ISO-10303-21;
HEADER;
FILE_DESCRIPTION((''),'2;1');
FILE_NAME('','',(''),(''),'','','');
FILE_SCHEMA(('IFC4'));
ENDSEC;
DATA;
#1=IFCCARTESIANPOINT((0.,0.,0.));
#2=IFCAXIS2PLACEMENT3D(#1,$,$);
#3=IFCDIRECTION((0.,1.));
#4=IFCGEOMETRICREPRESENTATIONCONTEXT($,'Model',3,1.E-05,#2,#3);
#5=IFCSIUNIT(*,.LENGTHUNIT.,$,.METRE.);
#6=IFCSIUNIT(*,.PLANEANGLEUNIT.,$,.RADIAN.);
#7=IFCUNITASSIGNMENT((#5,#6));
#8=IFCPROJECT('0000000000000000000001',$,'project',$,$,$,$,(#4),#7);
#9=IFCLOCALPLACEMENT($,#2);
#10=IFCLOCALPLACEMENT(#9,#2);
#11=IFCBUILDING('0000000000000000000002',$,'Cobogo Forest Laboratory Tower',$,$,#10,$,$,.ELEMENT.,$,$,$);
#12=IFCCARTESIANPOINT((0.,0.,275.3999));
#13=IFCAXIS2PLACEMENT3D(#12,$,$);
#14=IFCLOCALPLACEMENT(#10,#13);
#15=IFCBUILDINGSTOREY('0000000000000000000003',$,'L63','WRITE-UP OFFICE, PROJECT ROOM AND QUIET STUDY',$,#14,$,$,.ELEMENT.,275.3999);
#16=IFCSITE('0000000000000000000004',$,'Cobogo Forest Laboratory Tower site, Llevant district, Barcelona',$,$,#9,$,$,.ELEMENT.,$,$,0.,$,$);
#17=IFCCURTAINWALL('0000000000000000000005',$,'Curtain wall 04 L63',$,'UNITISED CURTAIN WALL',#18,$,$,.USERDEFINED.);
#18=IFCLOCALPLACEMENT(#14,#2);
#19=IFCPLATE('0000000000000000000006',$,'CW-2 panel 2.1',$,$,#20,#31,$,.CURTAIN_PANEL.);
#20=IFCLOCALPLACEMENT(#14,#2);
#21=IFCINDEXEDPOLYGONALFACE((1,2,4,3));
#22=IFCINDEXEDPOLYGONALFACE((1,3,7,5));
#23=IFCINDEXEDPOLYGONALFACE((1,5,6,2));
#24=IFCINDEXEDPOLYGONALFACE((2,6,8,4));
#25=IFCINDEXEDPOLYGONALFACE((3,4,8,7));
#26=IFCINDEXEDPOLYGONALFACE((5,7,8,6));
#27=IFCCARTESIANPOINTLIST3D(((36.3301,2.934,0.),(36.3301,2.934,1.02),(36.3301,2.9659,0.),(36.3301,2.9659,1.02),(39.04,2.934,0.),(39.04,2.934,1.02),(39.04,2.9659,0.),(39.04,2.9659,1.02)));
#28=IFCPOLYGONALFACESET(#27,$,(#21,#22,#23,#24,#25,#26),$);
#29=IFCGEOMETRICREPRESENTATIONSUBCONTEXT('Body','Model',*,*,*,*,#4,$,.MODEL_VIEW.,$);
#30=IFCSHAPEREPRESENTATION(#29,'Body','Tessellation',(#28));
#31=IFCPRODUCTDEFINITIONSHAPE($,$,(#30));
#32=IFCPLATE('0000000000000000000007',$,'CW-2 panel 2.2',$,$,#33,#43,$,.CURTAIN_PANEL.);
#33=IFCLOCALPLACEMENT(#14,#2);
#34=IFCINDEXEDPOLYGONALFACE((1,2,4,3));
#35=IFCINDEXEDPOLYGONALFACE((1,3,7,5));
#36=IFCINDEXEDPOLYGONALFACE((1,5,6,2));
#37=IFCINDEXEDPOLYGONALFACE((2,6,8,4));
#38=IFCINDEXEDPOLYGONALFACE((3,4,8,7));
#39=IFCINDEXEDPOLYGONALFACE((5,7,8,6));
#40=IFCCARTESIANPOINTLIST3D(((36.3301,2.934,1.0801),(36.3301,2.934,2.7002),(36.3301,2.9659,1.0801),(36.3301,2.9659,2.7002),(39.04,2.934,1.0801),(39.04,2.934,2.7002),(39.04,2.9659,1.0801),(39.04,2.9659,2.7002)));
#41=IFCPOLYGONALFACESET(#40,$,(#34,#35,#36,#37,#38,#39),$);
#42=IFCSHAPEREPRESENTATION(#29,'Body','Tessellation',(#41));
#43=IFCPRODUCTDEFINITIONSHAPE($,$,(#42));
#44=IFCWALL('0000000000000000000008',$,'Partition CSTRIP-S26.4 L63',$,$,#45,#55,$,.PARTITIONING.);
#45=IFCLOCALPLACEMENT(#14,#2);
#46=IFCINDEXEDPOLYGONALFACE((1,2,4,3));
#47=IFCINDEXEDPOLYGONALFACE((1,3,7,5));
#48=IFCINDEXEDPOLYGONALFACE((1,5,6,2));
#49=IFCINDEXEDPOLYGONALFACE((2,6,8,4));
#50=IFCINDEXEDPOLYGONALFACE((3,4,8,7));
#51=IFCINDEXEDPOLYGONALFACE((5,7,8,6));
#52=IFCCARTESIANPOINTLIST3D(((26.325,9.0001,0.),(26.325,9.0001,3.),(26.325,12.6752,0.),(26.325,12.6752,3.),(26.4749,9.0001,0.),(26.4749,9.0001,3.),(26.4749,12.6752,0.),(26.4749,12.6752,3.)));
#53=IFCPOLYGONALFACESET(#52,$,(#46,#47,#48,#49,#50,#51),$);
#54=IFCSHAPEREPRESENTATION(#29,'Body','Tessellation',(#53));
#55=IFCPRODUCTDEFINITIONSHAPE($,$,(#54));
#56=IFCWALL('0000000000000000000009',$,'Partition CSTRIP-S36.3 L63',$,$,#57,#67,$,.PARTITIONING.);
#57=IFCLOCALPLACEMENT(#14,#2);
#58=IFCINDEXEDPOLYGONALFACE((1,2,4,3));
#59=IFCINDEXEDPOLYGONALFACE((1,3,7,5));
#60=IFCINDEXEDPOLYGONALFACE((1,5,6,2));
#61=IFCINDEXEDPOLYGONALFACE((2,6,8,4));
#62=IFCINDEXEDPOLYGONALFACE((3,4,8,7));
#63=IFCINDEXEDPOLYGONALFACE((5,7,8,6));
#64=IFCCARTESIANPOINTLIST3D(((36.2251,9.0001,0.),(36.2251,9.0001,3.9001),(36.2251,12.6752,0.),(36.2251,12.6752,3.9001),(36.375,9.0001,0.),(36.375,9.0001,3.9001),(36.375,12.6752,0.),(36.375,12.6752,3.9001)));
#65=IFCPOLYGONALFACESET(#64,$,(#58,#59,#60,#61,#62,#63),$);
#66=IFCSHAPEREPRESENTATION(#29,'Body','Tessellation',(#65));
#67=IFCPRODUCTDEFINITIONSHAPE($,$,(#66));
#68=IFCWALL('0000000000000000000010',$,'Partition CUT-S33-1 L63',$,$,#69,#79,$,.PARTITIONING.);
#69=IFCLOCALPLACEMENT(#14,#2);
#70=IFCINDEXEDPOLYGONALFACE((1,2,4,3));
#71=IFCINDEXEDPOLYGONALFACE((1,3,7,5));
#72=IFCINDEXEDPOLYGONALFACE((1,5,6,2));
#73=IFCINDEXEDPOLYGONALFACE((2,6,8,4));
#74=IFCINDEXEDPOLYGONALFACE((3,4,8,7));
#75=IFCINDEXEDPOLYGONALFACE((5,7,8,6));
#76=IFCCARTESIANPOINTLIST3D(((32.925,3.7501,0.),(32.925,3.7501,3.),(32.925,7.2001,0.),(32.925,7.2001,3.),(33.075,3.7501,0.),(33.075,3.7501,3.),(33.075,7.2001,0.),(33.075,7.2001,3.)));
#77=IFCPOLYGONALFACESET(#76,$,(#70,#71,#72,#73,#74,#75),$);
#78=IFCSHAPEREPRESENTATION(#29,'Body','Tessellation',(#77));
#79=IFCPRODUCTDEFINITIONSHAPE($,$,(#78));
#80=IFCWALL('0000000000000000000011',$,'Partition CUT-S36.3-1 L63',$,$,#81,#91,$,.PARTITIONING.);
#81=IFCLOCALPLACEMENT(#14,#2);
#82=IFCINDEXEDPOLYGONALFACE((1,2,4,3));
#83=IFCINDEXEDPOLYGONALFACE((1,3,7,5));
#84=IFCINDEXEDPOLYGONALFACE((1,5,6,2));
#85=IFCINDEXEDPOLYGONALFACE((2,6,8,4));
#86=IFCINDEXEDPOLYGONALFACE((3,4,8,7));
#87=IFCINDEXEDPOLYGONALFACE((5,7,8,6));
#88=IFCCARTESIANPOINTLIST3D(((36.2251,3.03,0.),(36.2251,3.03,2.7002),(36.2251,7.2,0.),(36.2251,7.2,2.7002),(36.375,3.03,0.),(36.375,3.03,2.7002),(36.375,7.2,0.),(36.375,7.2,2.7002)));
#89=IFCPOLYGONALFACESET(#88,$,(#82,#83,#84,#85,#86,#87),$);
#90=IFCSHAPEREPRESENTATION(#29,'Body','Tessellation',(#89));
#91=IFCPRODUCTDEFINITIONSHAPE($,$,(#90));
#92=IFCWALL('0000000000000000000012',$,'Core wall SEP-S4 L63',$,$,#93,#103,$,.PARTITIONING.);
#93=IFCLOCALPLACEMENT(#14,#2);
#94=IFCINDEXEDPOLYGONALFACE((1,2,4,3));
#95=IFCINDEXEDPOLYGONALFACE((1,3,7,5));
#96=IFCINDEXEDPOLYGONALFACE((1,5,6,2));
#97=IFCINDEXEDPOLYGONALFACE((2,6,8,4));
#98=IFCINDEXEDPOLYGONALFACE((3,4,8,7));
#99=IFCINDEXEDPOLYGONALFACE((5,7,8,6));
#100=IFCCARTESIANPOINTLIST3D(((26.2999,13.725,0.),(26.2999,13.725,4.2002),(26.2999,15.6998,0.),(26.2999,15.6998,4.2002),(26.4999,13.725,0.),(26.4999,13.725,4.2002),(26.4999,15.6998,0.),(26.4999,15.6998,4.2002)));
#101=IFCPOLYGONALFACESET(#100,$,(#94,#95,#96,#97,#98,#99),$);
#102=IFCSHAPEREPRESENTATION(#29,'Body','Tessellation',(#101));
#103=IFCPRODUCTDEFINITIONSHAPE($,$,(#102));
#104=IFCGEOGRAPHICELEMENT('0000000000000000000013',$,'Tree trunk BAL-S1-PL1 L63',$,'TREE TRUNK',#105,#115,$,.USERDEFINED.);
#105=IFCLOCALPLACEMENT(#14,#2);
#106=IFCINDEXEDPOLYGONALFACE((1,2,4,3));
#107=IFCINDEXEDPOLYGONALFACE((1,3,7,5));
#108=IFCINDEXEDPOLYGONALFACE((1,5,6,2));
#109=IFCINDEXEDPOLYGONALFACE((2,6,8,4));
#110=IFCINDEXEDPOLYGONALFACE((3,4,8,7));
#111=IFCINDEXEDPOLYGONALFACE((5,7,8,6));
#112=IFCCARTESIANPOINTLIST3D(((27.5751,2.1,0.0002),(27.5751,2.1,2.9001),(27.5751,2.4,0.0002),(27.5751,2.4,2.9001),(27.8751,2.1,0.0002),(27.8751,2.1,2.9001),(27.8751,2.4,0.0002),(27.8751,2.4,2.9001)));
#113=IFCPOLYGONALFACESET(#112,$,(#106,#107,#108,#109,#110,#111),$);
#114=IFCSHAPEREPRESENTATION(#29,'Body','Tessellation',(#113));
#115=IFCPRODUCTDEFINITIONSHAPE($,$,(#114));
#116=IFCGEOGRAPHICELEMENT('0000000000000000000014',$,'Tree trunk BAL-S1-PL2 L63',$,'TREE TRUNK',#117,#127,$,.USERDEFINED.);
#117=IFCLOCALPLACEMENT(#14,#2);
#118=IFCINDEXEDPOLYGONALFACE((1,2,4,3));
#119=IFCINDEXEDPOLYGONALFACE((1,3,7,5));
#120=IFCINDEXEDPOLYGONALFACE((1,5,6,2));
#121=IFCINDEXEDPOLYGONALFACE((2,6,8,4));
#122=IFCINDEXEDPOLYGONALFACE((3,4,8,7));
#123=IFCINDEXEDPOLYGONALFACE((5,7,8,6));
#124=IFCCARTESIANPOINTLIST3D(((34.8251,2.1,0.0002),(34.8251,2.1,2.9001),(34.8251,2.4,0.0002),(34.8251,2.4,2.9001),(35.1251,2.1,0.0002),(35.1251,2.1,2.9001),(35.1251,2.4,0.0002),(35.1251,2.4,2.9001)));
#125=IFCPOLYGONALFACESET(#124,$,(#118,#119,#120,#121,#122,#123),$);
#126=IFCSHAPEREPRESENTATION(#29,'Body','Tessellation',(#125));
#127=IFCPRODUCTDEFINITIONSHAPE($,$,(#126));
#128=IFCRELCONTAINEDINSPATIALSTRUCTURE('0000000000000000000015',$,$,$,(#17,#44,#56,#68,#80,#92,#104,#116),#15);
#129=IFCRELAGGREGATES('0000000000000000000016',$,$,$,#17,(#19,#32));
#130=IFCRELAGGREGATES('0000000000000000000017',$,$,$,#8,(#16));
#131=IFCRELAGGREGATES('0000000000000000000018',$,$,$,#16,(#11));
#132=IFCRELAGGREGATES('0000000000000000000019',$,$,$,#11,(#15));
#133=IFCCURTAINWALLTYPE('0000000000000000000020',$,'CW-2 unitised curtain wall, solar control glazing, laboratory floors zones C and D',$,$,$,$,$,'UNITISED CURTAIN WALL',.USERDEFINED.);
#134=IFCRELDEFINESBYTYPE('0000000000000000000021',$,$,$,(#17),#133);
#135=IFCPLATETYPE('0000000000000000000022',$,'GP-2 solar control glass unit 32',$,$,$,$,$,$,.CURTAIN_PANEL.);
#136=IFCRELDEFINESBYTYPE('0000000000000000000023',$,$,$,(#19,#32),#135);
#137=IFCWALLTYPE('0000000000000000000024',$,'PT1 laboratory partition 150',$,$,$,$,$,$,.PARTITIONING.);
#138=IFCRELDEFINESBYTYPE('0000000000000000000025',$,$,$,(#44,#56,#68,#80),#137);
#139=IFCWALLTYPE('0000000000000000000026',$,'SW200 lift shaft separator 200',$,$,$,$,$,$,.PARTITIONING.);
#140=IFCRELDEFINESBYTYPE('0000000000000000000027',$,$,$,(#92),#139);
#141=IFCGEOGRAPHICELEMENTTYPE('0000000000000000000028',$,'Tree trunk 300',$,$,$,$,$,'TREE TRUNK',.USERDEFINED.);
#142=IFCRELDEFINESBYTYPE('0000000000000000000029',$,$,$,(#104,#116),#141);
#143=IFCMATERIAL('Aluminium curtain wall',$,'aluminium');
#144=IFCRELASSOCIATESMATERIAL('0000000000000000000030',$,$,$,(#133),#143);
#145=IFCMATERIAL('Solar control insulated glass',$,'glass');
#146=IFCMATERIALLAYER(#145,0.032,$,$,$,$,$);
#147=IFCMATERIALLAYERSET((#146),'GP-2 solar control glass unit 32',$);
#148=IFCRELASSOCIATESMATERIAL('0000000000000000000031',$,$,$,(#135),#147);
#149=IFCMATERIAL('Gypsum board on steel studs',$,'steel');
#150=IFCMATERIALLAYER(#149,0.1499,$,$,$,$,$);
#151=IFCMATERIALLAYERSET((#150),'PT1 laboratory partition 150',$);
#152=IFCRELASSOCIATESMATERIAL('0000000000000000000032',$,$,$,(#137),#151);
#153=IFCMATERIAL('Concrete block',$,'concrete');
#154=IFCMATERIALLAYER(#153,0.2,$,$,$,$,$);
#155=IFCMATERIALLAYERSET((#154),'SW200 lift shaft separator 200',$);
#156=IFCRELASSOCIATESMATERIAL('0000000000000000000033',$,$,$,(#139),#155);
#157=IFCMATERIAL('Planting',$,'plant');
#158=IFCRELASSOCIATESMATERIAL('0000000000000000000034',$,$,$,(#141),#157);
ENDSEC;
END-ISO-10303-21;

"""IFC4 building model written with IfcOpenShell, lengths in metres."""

from ifc_helpers import new_model, si_unit, direction, frame, frame_2d, origin, origin_2d, place, context, subcontext, project, spatial, rectangle, extrude, material, layer, layer_set, type_object, element, aggregate, save


model = new_model("IFC4")

# Units and contexts
model_context = context("Model", 3, precision=1e-05, world=origin(), true_north=direction((0.0, 1.0)))
body_context = subcontext(model_context, "Body", "Model", "MODEL_VIEW")
ifc_project = project(units=[si_unit("LENGTHUNIT", "METRE"), si_unit("PLANEANGLEUNIT", "RADIAN")], contexts=[model_context])

# Site, building, storey
site_placement = place(None, origin())
site = spatial("IfcSite", under=ifc_project, at=site_placement, Name="Cobogo Forest Laboratory Tower site, Llevant district, Barcelona", CompositionType="ELEMENT", RefElevation=0.0)
building_placement = place(site_placement, origin())
building = spatial("IfcBuilding", under=site, at=building_placement, Name="Cobogo Forest Laboratory Tower", CompositionType="ELEMENT")
storey_placement = place(building_placement, frame((0.0, 0.0, 275.3999)))
storey = spatial("IfcBuildingStorey", under=building, at=storey_placement, Name="L63", Description="WRITE-UP OFFICE, PROJECT ROOM AND QUIET STUDY", CompositionType="ELEMENT", Elevation=275.3999)

# Curtain wall
ifc_material_1 = material(Name="Aluminium curtain wall", Category="aluminium")
curtain_wall_type = type_object("IfcCurtainWallType", Name="CW-2 unitised curtain wall, solar control glazing, laboratory floors zones C and D", ElementType="UNITISED CURTAIN WALL", PredefinedType="USERDEFINED", material=ifc_material_1)
curtain_wall_placement = place(storey_placement, origin())
curtain_wall = element("IfcCurtainWall", 1, at=curtain_wall_placement, inside=storey, type_object=curtain_wall_type, Name="Curtain wall 04 L63", ObjectType="UNITISED CURTAIN WALL", PredefinedType="USERDEFINED")

# Plates
ifc_material_2 = material(Name="Solar control insulated glass", Category="glass")
ifc_layer_1 = layer(ifc_material_2, 0.032)
ifc_layer_set_1 = layer_set([ifc_layer_1], Name="GP-2 solar control glass unit 32")
plate_type = type_object("IfcPlateType", Name="GP-2 solar control glass unit 32", PredefinedType="CURTAIN_PANEL", material=ifc_layer_set_1)
plate_1_placement = place(storey_placement, frame((37.6851, 2.95, 0.0), z_axis=(0.0, 0.0, 1.0), x_axis=(1.0, 0.0, 0.0)))
plate_1 = element("IfcPlate", 2, at=plate_1_placement, type_object=plate_type, Name="CW-2 panel 2.1", PredefinedType="CURTAIN_PANEL", context=body_context, shape_type="SweptSolid", body=[
    extrude(rectangle(XDim=2.71, YDim=0.032, at=origin_2d()), origin(), (0.0, 0.0, 1.0), 1.02),
])
plate_2_placement = place(storey_placement, frame((37.6851, 2.95, 1.0801), z_axis=(0.0, 0.0, 1.0), x_axis=(1.0, 0.0, 0.0)))
plate_2 = element("IfcPlate", 3, at=plate_2_placement, type_object=plate_type, Name="CW-2 panel 2.2", PredefinedType="CURTAIN_PANEL", context=body_context, shape_type="SweptSolid", body=[
    extrude(rectangle(XDim=2.71, YDim=0.032, at=origin_2d()), origin(), (0.0, 0.0, 1.0), 1.6201),
])
aggregate(curtain_wall, [plate_1, plate_2])

# Walls
ifc_material_3 = material(Name="Gypsum board on steel studs", Category="steel")
ifc_layer_2 = layer(ifc_material_3, 0.1499)
ifc_layer_set_2 = layer_set([ifc_layer_2], Name="PT1 laboratory partition 150")
wall_type_1 = type_object("IfcWallType", Name="PT1 laboratory partition 150", PredefinedType="PARTITIONING", material=ifc_layer_set_2)
wall_1_placement = place(storey_placement, frame((26.3999, 12.675, 0.0), z_axis=(0.0, 0.0, 1.0), x_axis=(0.0, -1.0, 0.0)))
element("IfcWall", 4, at=wall_1_placement, inside=storey, type_object=wall_type_1, Name="Partition CSTRIP-S26.4 L63", PredefinedType="PARTITIONING", context=body_context, shape_type="SweptSolid", body=[
    extrude(rectangle(XDim=3.675, YDim=0.1499, at=frame_2d((1.8374, 0.0))), origin(), (0.0, 0.0, 1.0), 3.0),
])
wall_2_placement = place(storey_placement, frame((36.3, 12.675, 0.0), z_axis=(0.0, 0.0, 1.0), x_axis=(0.0, -1.0, 0.0)))
element("IfcWall", 5, at=wall_2_placement, inside=storey, type_object=wall_type_1, Name="Partition CSTRIP-S36.3 L63", PredefinedType="PARTITIONING", context=body_context, shape_type="SweptSolid", body=[
    extrude(rectangle(XDim=3.675, YDim=0.1499, at=frame_2d((1.8374, 0.0))), origin(), (0.0, 0.0, 1.0), 3.9001),
])
wall_3_placement = place(storey_placement, frame((33.0, 3.75, 0.0), z_axis=(0.0, 0.0, 1.0), x_axis=(0.0, 1.0, 0.0)))
element("IfcWall", 6, at=wall_3_placement, inside=storey, type_object=wall_type_1, Name="Partition CUT-S33-1 L63", PredefinedType="PARTITIONING", context=body_context, shape_type="SweptSolid", body=[
    extrude(rectangle(XDim=3.45, YDim=0.1499, at=frame_2d((1.7251, 0.0))), origin(), (0.0, 0.0, 1.0), 3.0),
])
wall_4_placement = place(storey_placement, frame((36.3, 3.03, 0.0), z_axis=(0.0, 0.0, 1.0), x_axis=(0.0, 1.0, 0.0)))
element("IfcWall", 7, at=wall_4_placement, inside=storey, type_object=wall_type_1, Name="Partition CUT-S36.3-1 L63", PredefinedType="PARTITIONING", context=body_context, shape_type="SweptSolid", body=[
    extrude(rectangle(XDim=4.1699, YDim=0.1499, at=frame_2d((2.085, 0.0))), origin(), (0.0, 0.0, 1.0), 2.7002),
])
ifc_material_4 = material(Name="Concrete block", Category="concrete")
ifc_layer_3 = layer(ifc_material_4, 0.2)
ifc_layer_set_3 = layer_set([ifc_layer_3], Name="SW200 lift shaft separator 200")
wall_type_2 = type_object("IfcWallType", Name="SW200 lift shaft separator 200", PredefinedType="PARTITIONING", material=ifc_layer_set_3)
wall_5_placement = place(storey_placement, frame((26.3999, 13.7251, 0.0), z_axis=(0.0, 0.0, 1.0), x_axis=(0.0, 1.0, 0.0)))
element("IfcWall", 8, at=wall_5_placement, inside=storey, type_object=wall_type_2, Name="Core wall SEP-S4 L63", PredefinedType="PARTITIONING", context=body_context, shape_type="SweptSolid", body=[
    extrude(rectangle(XDim=1.9749, YDim=0.2, at=frame_2d((0.9873, 0.0))), origin(), (0.0, 0.0, 1.0), 4.2002),
])

# Geographic elements
ifc_material_5 = material(Name="Planting", Category="plant")
geographic_element_type = type_object("IfcGeographicElementType", Name="Tree trunk 300", ElementType="TREE TRUNK", PredefinedType="USERDEFINED", material=ifc_material_5)
for number, where, z_axis, x_axis, name in (
    (9, (27.7251, 2.25, 0.0002), (0.0, 0.0, 1.0), (1.0, 0.0, 0.0), "Tree trunk BAL-S1-PL1 L63"),
    (10, (34.9751, 2.25, 0.0002), (0.0, 0.0, 1.0), (1.0, 0.0, 0.0), "Tree trunk BAL-S1-PL2 L63"),
):
    element("IfcGeographicElement", number, at=place(storey_placement, frame(where, z_axis=z_axis, x_axis=x_axis)), inside=storey, type_object=geographic_element_type, Name=name, ObjectType="TREE TRUNK", PredefinedType="USERDEFINED", context=body_context, shape_type="SweptSolid", body=[
        extrude(rectangle(XDim=0.3, YDim=0.3, at=origin_2d()), origin(), (0.0, 0.0, 1.0), 2.8999),
    ])

save(model, "model.ifc")
